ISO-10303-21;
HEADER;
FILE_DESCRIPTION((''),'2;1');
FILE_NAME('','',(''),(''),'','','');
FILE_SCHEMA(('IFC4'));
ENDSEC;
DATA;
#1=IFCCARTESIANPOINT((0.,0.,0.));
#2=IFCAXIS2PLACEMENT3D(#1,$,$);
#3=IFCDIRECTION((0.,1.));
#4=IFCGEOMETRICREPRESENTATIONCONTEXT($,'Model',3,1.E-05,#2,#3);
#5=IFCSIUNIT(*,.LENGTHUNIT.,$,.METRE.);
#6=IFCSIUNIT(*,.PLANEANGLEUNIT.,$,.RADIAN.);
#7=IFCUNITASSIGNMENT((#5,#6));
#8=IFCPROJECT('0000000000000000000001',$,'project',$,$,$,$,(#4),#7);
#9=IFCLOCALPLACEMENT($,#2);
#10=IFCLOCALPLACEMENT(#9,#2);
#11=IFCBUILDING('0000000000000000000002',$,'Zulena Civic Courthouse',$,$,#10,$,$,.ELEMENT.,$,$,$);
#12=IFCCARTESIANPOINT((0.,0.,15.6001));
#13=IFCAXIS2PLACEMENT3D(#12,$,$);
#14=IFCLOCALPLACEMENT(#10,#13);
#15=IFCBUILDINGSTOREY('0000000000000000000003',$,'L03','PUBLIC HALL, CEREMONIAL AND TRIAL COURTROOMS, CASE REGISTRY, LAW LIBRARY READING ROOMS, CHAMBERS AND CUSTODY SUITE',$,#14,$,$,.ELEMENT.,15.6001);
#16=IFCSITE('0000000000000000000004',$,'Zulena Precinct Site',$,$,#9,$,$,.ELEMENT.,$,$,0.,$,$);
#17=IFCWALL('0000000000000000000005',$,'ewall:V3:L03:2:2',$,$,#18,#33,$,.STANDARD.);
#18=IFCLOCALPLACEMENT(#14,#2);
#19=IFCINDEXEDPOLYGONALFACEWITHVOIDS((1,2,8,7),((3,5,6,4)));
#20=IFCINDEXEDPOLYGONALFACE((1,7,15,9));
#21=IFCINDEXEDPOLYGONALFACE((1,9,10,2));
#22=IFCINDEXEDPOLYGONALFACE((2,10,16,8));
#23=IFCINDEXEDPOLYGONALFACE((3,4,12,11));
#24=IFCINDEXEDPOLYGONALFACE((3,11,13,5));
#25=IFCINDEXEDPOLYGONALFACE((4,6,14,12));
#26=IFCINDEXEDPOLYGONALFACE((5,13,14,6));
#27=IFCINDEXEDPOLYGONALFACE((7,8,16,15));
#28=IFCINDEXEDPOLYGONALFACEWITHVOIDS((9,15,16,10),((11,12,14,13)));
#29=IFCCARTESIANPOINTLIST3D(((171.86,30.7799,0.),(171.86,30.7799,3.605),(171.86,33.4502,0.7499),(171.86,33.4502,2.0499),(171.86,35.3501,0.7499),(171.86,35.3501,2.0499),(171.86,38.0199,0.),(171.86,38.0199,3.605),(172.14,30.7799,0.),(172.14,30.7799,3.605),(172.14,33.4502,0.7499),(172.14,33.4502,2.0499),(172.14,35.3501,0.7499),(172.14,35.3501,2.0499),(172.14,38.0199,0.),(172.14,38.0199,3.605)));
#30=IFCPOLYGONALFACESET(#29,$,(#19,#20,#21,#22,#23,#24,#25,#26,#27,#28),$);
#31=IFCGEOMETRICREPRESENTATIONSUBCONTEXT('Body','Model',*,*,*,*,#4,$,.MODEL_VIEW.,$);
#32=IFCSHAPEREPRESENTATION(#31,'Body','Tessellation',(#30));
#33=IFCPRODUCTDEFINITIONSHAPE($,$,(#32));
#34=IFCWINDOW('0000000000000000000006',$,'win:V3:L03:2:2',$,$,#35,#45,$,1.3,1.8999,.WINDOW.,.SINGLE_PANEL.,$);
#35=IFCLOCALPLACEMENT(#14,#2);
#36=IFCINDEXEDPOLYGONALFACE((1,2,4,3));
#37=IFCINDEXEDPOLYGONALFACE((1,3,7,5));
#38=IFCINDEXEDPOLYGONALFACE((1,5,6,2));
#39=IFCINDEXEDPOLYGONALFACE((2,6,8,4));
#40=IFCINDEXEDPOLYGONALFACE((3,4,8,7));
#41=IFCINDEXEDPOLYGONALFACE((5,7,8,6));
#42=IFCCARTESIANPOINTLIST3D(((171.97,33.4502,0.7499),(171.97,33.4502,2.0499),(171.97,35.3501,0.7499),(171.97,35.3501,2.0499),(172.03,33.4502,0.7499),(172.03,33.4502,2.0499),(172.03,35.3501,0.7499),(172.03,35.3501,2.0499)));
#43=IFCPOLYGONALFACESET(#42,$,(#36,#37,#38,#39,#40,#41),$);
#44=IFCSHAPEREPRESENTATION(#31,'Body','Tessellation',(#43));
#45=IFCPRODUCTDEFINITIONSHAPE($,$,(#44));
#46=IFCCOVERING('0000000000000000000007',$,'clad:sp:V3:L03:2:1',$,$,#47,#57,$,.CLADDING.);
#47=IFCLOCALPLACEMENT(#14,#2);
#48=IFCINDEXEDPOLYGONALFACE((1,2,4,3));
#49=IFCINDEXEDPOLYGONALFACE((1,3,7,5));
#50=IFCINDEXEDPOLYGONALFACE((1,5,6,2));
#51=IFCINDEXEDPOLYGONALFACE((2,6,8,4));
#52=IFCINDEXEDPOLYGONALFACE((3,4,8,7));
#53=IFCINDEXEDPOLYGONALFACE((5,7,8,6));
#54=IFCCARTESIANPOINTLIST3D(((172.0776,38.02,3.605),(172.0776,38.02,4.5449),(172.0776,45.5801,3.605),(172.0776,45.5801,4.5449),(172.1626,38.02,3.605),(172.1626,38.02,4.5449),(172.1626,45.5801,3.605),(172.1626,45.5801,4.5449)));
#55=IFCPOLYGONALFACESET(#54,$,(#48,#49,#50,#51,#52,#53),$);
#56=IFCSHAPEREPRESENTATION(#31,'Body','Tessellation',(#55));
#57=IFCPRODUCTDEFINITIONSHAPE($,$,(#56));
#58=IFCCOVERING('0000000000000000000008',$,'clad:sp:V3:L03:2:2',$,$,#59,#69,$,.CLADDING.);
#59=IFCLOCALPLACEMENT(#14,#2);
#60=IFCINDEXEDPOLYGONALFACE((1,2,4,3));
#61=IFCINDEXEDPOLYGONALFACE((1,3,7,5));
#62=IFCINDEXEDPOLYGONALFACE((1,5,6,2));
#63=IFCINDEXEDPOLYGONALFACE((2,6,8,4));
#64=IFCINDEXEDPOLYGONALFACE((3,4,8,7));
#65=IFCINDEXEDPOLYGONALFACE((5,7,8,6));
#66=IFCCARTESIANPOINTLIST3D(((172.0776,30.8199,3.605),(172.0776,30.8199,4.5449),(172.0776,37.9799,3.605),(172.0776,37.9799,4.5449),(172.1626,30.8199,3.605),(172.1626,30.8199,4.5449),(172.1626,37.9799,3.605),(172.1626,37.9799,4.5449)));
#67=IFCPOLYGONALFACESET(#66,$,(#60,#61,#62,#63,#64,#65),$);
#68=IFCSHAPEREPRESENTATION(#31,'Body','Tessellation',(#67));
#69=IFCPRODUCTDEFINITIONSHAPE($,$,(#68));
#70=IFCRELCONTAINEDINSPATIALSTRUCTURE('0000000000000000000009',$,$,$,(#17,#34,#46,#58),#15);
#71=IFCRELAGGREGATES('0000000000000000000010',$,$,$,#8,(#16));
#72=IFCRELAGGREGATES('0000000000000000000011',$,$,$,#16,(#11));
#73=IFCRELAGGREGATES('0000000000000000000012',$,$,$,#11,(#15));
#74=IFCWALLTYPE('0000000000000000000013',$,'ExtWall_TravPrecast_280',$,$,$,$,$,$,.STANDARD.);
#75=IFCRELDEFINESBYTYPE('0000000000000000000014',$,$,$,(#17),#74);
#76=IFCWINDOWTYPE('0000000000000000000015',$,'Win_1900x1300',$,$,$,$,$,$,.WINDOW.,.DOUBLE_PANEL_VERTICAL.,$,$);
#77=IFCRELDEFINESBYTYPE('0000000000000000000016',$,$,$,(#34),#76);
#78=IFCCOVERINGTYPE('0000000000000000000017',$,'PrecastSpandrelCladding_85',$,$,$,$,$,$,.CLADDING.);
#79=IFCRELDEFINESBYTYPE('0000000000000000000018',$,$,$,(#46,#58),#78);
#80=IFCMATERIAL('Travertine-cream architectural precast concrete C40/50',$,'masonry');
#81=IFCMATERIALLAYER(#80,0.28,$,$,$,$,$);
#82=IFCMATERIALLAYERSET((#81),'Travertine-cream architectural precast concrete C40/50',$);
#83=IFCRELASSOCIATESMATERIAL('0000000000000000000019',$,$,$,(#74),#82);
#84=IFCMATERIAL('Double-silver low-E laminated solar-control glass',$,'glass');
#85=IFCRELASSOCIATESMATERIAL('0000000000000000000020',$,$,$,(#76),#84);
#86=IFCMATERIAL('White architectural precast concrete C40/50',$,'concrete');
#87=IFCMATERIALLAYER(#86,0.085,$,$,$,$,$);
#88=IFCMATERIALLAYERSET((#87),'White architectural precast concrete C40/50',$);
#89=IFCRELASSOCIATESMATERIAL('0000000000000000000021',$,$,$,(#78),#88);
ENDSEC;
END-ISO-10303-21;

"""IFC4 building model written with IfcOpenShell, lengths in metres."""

from ifc_helpers import new_model, si_unit, direction, frame, frame_2d, origin, origin_2d, place, context, subcontext, project, spatial, rectangle, extrude, material, layer, layer_set, type_object, element, fill, save


model = new_model("IFC4")

# Units and contexts
model_context = context("Model", 3, precision=1e-05, world=origin(), true_north=direction((0.0, 1.0)))
body_context = subcontext(model_context, "Body", "Model", "MODEL_VIEW")
ifc_project = project(units=[si_unit("LENGTHUNIT", "METRE"), si_unit("PLANEANGLEUNIT", "RADIAN")], contexts=[model_context])

# Site, building, storey
site_placement = place(None, origin())
site = spatial("IfcSite", under=ifc_project, at=site_placement, Name="Zulena Precinct Site", CompositionType="ELEMENT", RefElevation=0.0)
building_placement = place(site_placement, origin())
building = spatial("IfcBuilding", under=site, at=building_placement, Name="Zulena Civic Courthouse", CompositionType="ELEMENT")
storey_placement = place(building_placement, frame((0.0, 0.0, 15.6001)))
storey = spatial("IfcBuildingStorey", under=building, at=storey_placement, Name="L03", Description="PUBLIC HALL, CEREMONIAL AND TRIAL COURTROOMS, CASE REGISTRY, LAW LIBRARY READING ROOMS, CHAMBERS AND CUSTODY SUITE", CompositionType="ELEMENT", Elevation=15.6001)

# Shared definitions
ifc_material_1 = material(Name="Double-silver low-E laminated solar-control glass", Category="glass")

# Wall, opening, window
ifc_material_2 = material(Name="Travertine-cream architectural precast concrete C40/50", Category="masonry")
ifc_layer_1 = layer(ifc_material_2, 0.28)
ifc_layer_set_1 = layer_set([ifc_layer_1], Name="Travertine-cream architectural precast concrete C40/50")
wall_type = type_object("IfcWallType", Name="ExtWall_TravPrecast_280", PredefinedType="STANDARD", material=ifc_layer_set_1)
wall_placement = place(storey_placement, frame((172.0, 38.02, 0.0), z_axis=(0.0, 0.0, 1.0), x_axis=(0.0, -1.0, 0.0)))
wall = element("IfcWall", 1, at=wall_placement, inside=storey, type_object=wall_type, Name="ewall:V3:L03:2:2", PredefinedType="STANDARD", context=body_context, shape_type="SweptSolid", body=[
    extrude(rectangle(XDim=7.24, YDim=0.28, at=frame_2d((3.6201, 0.0))), origin(), (0.0, 0.0, 1.0), 3.605),
])
opening_placement = place(wall_placement, frame((2.6699, 0.0, 0.75)))
opening = element("IfcOpeningElement", 2, at=opening_placement, cuts=wall, PredefinedType="OPENING", context=body_context, shape_type="SweptSolid", body=[
    extrude(rectangle(XDim=1.8999, YDim=1.3, at=frame_2d((0.95, 0.6499))), frame((0.0, 0.1499, 0.0), z_axis=(0.0, -1.0, 0.0), x_axis=(1.0, 0.0, 0.0)), (0.0, 0.0, 1.0), 0.3),
])
window_type = type_object("IfcWindowType", Name="Win_1900x1300", PartitioningType="DOUBLE_PANEL_VERTICAL", PredefinedType="WINDOW", material=ifc_material_1)
window_placement = place(opening_placement, origin())
window = element("IfcWindow", 3, at=window_placement, inside=storey, type_object=window_type, Name="win:V3:L03:2:2", OverallHeight=1.3, OverallWidth=1.8999, PartitioningType="SINGLE_PANEL", PredefinedType="WINDOW", context=body_context, shape_type="SweptSolid", body=[
    extrude(rectangle(XDim=1.8999, YDim=1.3, at=frame_2d((0.95, 0.6499))), frame((0.0, 0.03, 0.0), z_axis=(0.0, -1.0, 0.0), x_axis=(1.0, 0.0, 0.0)), (0.0, 0.0, 1.0), 0.0601),
])
fill(opening, window)

# Coverings
ifc_material_3 = material(Name="White architectural precast concrete C40/50", Category="concrete")
ifc_layer_2 = layer(ifc_material_3, 0.085)
ifc_layer_set_2 = layer_set([ifc_layer_2], Name="White architectural precast concrete C40/50")
covering_type = type_object("IfcCoveringType", Name="PrecastSpandrelCladding_85", PredefinedType="CLADDING", material=ifc_layer_set_2)
covering_1_placement = place(storey_placement, frame((172.1201, 41.8, 3.605), z_axis=(0.0, 0.0, 1.0), x_axis=(0.0, -1.0, 0.0)))
element("IfcCovering", 4, at=covering_1_placement, inside=storey, type_object=covering_type, Name="clad:sp:V3:L03:2:1", PredefinedType="CLADDING", context=body_context, shape_type="SweptSolid", body=[
    extrude(rectangle(XDim=7.5601, YDim=0.085, at=origin_2d()), origin(), (0.0, 0.0, 1.0), 0.9399),
])
covering_2_placement = place(storey_placement, frame((172.1201, 34.3999, 3.605), z_axis=(0.0, 0.0, 1.0), x_axis=(0.0, -1.0, 0.0)))
element("IfcCovering", 5, at=covering_2_placement, inside=storey, type_object=covering_type, Name="clad:sp:V3:L03:2:2", PredefinedType="CLADDING", context=body_context, shape_type="SweptSolid", body=[
    extrude(rectangle(XDim=7.1599, YDim=0.085, at=origin_2d()), origin(), (0.0, 0.0, 1.0), 0.9399),
])

save(model, "model.ifc")
